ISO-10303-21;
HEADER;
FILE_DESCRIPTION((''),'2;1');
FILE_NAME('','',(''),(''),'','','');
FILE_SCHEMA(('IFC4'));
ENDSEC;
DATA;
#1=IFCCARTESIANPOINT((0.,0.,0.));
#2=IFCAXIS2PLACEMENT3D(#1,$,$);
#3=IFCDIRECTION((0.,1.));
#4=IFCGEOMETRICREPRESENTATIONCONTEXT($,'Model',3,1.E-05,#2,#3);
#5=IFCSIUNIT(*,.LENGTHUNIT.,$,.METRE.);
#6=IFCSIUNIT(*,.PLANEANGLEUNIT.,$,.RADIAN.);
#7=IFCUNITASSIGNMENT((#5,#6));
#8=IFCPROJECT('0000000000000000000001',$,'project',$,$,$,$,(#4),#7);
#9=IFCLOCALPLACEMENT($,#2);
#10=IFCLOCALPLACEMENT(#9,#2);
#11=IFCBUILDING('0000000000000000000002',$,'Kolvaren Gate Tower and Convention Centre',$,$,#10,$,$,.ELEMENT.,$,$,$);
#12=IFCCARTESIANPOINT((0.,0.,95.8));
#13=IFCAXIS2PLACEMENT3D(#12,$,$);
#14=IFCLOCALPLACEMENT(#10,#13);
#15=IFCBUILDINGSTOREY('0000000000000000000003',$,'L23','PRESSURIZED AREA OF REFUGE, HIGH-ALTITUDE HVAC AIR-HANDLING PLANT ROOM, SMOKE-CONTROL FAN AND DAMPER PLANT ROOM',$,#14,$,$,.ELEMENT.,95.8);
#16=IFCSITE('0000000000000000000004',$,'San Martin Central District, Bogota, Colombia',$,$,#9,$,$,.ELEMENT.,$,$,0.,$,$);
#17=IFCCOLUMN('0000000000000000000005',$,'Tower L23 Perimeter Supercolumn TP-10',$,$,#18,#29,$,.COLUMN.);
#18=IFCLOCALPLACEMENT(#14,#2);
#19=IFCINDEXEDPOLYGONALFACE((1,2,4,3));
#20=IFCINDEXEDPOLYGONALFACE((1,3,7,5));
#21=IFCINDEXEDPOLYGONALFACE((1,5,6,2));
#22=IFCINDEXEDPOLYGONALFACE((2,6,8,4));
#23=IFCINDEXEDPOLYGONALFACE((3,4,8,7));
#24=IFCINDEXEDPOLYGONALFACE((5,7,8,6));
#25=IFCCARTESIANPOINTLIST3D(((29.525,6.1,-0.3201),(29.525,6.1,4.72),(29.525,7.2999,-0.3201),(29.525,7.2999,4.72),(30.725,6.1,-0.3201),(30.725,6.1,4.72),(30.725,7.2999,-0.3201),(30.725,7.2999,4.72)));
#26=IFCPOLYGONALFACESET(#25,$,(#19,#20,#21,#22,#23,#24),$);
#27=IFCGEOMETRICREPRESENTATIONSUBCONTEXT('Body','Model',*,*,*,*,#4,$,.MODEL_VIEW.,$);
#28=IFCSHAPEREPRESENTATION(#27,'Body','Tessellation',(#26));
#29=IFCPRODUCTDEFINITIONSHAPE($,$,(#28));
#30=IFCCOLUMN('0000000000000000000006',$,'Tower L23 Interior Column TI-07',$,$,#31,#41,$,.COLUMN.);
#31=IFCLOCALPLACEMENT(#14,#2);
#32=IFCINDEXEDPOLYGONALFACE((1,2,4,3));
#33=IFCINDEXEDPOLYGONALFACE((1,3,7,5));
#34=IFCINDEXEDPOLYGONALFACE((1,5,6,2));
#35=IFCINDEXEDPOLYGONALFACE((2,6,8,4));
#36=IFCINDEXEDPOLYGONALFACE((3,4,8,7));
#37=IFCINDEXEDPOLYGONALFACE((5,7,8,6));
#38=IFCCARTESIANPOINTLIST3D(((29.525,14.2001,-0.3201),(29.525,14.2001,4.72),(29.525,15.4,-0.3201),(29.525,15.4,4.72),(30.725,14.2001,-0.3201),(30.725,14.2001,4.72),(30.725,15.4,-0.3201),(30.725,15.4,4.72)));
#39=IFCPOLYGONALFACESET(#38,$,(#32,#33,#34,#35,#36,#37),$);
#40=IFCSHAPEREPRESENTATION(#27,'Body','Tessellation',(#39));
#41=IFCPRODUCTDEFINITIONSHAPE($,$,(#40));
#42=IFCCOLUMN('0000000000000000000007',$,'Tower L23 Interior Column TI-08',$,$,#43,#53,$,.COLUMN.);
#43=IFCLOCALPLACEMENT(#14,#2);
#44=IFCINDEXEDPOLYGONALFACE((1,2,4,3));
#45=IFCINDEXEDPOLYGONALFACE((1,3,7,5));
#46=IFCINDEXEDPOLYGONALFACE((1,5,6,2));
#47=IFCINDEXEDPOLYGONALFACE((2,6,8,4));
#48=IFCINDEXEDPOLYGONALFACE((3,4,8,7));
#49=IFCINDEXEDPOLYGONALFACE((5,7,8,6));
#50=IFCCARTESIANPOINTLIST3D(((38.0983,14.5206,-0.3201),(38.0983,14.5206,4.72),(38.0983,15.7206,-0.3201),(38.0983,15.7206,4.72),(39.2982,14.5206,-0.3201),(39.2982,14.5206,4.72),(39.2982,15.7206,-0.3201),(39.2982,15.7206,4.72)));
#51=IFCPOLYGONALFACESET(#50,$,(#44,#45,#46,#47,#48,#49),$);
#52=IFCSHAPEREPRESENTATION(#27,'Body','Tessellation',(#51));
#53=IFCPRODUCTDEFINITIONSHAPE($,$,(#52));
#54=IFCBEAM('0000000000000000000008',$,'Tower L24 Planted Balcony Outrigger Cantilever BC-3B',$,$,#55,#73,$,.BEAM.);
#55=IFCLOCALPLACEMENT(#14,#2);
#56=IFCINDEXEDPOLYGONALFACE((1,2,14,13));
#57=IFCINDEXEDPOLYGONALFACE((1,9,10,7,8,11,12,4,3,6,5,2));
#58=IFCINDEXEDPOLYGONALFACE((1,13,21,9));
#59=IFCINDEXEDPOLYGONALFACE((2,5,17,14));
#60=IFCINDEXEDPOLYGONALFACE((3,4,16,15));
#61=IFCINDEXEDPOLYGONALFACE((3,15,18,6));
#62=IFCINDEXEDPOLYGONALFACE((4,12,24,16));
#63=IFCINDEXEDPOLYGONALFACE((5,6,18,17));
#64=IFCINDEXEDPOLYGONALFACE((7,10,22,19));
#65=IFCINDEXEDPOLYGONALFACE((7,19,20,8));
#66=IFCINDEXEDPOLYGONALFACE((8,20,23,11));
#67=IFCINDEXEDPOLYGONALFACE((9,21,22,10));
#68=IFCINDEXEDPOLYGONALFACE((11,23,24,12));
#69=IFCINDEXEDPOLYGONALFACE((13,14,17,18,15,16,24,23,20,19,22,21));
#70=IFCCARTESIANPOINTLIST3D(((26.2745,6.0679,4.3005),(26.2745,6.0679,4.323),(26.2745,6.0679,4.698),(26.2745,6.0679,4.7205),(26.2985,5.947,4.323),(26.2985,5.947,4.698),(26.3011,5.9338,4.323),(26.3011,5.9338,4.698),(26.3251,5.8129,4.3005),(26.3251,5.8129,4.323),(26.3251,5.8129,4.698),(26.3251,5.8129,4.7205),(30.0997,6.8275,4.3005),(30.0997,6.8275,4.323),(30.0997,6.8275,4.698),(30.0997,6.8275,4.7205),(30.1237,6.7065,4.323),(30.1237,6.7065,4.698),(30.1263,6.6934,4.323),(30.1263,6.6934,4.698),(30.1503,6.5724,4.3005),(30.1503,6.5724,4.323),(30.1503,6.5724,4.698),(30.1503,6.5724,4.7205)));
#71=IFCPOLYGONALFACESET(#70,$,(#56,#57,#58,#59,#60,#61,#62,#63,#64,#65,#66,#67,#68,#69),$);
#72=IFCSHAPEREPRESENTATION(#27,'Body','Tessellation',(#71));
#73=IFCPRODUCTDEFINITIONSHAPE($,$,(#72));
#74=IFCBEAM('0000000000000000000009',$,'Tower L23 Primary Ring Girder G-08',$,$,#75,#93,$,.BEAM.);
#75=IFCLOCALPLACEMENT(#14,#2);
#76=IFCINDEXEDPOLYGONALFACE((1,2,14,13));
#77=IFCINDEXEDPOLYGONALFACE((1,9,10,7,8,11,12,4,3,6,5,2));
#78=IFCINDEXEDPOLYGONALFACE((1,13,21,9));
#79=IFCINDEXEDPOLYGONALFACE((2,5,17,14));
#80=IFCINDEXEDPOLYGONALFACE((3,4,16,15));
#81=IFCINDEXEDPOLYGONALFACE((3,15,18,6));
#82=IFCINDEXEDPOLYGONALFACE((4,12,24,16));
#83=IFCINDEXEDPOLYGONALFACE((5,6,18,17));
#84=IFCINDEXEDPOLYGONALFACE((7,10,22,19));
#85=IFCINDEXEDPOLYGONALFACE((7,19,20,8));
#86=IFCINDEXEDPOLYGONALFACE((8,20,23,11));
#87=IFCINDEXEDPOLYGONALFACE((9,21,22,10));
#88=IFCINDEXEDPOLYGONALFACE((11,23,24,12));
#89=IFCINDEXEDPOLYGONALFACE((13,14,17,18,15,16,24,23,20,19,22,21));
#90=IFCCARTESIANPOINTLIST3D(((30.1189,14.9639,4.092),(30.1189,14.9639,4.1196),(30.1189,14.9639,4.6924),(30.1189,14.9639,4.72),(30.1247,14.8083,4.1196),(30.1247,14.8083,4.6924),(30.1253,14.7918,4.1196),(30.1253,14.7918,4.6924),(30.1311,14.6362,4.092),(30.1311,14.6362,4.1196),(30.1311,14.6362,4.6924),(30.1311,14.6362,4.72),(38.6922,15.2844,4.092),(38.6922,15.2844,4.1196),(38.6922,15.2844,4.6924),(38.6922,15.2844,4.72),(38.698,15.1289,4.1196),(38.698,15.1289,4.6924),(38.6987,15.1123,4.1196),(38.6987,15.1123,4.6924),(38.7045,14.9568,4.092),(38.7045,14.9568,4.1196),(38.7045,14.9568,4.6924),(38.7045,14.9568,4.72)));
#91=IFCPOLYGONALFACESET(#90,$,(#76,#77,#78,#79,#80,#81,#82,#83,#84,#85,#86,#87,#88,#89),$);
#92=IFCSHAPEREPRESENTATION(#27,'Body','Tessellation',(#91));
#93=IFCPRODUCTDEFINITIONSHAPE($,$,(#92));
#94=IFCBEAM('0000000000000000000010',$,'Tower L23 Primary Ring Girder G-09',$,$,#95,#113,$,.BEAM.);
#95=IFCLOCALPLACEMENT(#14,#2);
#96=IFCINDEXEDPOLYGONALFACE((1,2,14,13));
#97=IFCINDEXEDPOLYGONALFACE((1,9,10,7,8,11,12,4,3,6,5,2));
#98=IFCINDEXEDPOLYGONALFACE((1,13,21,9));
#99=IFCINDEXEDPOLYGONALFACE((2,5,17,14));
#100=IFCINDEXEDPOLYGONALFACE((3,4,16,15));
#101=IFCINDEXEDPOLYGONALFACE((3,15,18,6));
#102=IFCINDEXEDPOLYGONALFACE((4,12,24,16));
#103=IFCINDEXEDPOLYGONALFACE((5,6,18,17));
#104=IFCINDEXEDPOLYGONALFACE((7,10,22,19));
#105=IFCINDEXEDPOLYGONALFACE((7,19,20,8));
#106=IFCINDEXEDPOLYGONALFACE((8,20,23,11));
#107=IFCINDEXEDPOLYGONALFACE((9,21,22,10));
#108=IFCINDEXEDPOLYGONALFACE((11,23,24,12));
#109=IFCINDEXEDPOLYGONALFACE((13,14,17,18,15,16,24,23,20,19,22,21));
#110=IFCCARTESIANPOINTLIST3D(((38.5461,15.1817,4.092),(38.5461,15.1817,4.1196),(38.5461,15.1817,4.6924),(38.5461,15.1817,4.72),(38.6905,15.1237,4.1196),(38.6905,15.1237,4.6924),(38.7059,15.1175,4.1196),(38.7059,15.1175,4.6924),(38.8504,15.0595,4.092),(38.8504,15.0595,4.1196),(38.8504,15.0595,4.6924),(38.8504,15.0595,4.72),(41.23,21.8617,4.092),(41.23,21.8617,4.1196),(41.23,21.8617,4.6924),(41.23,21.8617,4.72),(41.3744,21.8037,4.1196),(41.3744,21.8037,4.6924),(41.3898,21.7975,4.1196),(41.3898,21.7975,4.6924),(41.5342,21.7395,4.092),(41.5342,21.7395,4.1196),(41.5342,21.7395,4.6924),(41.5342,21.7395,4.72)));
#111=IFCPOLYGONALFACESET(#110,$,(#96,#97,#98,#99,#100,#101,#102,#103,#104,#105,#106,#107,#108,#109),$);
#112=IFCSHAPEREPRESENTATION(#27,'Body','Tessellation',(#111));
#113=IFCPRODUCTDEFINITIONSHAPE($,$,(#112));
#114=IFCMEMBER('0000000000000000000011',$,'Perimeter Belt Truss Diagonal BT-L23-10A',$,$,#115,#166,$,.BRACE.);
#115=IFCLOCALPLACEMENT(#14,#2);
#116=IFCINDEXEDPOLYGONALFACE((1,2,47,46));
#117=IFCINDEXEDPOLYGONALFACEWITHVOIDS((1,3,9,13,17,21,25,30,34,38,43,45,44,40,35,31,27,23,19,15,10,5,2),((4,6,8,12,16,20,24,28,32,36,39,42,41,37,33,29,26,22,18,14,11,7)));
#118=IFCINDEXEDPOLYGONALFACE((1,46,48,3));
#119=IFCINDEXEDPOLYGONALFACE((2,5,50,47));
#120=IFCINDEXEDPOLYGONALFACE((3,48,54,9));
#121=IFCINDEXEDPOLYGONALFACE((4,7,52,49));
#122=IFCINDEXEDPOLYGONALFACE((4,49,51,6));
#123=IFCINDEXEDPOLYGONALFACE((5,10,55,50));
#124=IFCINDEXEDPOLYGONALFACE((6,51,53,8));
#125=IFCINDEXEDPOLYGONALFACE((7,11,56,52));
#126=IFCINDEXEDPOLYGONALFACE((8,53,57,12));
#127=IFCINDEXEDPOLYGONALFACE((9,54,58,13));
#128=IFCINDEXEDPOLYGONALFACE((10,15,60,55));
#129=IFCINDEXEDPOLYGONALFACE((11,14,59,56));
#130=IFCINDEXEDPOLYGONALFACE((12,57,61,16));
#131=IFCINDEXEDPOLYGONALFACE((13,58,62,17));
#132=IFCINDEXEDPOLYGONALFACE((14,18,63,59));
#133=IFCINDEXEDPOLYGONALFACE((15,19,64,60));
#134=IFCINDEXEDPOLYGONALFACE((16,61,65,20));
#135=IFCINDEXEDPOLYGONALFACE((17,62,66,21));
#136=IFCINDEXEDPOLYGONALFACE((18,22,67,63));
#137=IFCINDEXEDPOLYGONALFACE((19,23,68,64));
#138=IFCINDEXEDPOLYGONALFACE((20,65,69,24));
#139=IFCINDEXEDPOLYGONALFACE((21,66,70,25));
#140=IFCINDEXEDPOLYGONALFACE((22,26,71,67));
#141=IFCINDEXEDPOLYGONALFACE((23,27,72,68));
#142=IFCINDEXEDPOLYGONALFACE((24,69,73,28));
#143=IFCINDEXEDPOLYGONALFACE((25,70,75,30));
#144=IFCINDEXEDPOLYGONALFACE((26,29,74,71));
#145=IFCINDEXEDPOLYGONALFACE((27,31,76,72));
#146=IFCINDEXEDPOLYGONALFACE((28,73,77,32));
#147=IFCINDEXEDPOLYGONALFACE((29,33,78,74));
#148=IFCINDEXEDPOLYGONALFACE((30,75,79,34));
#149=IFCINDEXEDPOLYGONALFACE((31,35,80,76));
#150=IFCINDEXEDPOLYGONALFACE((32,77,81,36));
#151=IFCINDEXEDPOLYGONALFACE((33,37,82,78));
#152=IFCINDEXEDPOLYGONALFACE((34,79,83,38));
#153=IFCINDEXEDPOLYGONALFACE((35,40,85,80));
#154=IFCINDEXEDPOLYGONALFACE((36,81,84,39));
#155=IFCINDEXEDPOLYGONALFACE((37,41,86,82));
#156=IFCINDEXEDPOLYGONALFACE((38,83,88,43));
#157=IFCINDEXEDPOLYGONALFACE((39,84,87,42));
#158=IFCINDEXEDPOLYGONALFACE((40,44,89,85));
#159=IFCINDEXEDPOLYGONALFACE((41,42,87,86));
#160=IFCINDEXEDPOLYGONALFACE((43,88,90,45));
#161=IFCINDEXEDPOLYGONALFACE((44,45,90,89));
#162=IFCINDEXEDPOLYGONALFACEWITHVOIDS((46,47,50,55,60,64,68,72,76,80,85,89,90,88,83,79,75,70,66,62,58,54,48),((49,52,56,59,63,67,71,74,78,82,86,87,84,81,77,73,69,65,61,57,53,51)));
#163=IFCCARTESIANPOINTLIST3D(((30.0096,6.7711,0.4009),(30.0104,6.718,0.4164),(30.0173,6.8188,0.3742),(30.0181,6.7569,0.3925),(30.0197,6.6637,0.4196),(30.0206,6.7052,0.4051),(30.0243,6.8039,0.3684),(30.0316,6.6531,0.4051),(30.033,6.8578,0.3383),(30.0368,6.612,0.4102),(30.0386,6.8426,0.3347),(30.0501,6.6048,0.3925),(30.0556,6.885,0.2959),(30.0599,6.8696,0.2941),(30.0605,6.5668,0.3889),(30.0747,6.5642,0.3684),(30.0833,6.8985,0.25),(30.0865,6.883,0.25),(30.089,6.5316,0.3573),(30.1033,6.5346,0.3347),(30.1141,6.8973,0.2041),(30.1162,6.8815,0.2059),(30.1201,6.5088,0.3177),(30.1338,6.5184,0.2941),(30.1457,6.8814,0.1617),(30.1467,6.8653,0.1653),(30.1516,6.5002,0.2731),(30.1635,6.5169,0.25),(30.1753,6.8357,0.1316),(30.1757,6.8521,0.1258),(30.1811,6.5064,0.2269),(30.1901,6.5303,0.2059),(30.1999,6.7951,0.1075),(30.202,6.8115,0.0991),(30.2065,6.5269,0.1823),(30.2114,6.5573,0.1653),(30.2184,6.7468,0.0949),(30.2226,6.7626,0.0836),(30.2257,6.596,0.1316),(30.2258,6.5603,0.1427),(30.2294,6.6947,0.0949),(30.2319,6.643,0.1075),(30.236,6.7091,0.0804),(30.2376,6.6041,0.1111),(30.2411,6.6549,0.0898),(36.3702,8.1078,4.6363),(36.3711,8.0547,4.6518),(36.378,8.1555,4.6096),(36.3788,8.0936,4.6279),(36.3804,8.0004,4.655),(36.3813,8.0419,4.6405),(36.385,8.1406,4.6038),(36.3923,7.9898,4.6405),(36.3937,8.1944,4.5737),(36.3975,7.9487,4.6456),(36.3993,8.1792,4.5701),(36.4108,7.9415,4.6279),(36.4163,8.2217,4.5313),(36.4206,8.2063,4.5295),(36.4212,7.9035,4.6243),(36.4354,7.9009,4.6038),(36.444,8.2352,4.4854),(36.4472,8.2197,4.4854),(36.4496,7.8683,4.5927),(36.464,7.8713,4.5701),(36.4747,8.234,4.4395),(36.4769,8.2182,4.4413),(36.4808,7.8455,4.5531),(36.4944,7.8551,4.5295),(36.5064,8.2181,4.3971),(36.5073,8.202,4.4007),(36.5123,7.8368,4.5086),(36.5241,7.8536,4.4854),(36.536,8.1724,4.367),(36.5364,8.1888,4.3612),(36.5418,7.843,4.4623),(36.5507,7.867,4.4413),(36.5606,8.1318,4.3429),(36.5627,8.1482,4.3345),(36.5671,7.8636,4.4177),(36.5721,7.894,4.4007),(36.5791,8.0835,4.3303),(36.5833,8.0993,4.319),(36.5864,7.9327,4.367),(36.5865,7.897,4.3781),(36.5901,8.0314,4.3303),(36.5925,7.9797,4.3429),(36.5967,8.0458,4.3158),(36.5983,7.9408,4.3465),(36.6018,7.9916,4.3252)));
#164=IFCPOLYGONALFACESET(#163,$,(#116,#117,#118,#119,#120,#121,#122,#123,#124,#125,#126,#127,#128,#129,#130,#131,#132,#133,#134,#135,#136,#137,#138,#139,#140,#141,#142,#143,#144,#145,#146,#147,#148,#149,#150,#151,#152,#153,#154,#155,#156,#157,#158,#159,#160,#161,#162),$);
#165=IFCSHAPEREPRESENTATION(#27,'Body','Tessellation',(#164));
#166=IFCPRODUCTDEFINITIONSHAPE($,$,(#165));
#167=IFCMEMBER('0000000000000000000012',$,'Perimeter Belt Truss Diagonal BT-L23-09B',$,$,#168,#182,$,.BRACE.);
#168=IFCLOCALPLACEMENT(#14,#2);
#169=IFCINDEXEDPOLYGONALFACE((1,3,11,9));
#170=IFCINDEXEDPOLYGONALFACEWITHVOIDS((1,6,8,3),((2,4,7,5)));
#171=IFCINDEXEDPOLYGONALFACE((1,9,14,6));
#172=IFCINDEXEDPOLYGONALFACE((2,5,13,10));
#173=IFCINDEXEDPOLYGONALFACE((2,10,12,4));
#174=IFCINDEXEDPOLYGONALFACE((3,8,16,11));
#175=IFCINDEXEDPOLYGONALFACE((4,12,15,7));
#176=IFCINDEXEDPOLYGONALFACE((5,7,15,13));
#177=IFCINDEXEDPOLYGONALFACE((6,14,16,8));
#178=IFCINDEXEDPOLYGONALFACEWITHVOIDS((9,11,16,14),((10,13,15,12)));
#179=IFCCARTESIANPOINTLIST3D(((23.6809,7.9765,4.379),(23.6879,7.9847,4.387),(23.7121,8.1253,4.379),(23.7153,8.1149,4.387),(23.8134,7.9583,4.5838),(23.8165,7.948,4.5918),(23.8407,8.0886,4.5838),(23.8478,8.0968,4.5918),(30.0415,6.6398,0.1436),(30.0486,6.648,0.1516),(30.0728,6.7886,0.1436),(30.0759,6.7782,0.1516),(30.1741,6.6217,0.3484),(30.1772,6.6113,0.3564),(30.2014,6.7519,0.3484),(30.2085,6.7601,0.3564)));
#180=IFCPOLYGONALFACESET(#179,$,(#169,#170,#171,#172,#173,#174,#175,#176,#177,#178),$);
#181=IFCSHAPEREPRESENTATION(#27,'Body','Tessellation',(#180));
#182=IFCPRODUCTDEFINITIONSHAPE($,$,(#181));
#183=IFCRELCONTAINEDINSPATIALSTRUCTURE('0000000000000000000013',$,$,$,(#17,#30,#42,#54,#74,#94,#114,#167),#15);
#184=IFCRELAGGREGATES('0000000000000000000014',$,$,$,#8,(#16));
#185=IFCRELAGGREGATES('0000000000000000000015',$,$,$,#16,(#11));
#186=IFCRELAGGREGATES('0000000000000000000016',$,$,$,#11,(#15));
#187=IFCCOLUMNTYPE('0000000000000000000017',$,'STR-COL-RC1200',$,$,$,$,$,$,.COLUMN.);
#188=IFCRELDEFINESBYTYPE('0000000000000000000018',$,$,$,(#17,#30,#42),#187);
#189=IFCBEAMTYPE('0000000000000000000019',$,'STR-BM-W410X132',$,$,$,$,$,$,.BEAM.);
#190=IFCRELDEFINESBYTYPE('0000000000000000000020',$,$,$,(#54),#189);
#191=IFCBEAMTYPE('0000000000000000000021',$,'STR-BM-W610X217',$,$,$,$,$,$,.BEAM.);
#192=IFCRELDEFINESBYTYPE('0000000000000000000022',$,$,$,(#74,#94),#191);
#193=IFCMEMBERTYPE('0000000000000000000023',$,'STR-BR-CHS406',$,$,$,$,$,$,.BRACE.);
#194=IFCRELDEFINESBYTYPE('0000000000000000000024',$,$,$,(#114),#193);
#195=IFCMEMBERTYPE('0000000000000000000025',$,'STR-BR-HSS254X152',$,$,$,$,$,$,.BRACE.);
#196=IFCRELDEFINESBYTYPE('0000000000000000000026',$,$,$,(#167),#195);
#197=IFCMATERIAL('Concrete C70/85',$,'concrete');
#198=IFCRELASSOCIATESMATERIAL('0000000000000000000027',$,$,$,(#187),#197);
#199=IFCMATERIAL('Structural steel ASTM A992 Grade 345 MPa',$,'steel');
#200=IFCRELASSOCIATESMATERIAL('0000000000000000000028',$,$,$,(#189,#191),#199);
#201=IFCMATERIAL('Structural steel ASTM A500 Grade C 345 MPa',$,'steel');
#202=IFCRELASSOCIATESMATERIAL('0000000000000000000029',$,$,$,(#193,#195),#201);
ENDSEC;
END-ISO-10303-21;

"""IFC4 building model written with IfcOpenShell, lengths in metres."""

from ifc_helpers import new_model, si_unit, direction, frame, origin, origin_2d, place, context, subcontext, project, spatial, rectangle, hollow_rectangle, hollow_circle, i_section, extrude, material, material_profile, profile_set, type_object, element, save


model = new_model("IFC4")

# Units and contexts
model_context = context("Model", 3, precision=1e-05, world=origin(), true_north=direction((0.0, 1.0)))
body_context = subcontext(model_context, "Body", "Model", "MODEL_VIEW")
ifc_project = project(units=[si_unit("LENGTHUNIT", "METRE"), si_unit("PLANEANGLEUNIT", "RADIAN")], contexts=[model_context])

# Site, building, storey
site_placement = place(None, origin())
site = spatial("IfcSite", under=ifc_project, at=site_placement, Name="San Martin Central District, Bogota, Colombia", CompositionType="ELEMENT", RefElevation=0.0)
building_placement = place(site_placement, origin())
building = spatial("IfcBuilding", under=site, at=building_placement, Name="Kolvaren Gate Tower and Convention Centre", CompositionType="ELEMENT")
storey_placement = place(building_placement, frame((0.0, 0.0, 95.8)))
storey = spatial("IfcBuildingStorey", under=building, at=storey_placement, Name="L23", Description="PRESSURIZED AREA OF REFUGE, HIGH-ALTITUDE HVAC AIR-HANDLING PLANT ROOM, SMOKE-CONTROL FAN AND DAMPER PLANT ROOM", CompositionType="ELEMENT", Elevation=95.8)

# Columns
ifc_material_1 = material(Name="Concrete C70/85", Category="concrete")
ifc_material_profile_1 = material_profile(ifc_material_1, rectangle(XDim=1.2, YDim=1.2, at=origin_2d()), Name="RC-COL-1200X1200")
ifc_profile_set_1 = profile_set([ifc_material_profile_1], Name="Concrete C70/85")
column_type = type_object("IfcColumnType", Name="STR-COL-RC1200", PredefinedType="COLUMN", material=ifc_profile_set_1)
for number, where, z_axis, x_axis, name in (
    (1, (30.125, 6.7, -0.3201), (0.0, 0.0, 1.0), (1.0, 0.0, 0.0), "Tower L23 Perimeter Supercolumn TP-10"),
    (2, (30.125, 14.8, -0.3201), (0.0, 0.0, 1.0), (1.0, 0.0, 0.0), "Tower L23 Interior Column TI-07"),
    (3, (38.6982, 15.1206, -0.3201), (0.0, 0.0, 1.0), (1.0, 0.0, 0.0), "Tower L23 Interior Column TI-08"),
):
    element("IfcColumn", number, at=place(storey_placement, frame(where, z_axis=z_axis, x_axis=x_axis)), inside=storey, type_object=column_type, Name=name, PredefinedType="COLUMN", context=body_context, shape_type="SweptSolid", body=[
        extrude(rectangle(XDim=1.2, YDim=1.2, at=origin_2d()), origin(), (0.0, 0.0, 1.0), 5.04),
    ])

# Beams
ifc_material_2 = material(Name="Structural steel ASTM A992 Grade 345 MPa", Category="steel")
ifc_material_profile_2 = material_profile(ifc_material_2, i_section(OverallWidth=0.26, OverallDepth=0.4199, WebThickness=0.0134, FlangeThickness=0.0225, at=origin_2d()), Name="W410X132")
ifc_profile_set_2 = profile_set([ifc_material_profile_2], Name="Structural steel ASTM A992 Grade 345 MPa")
beam_type_1 = type_object("IfcBeamType", Name="STR-BM-W410X132", PredefinedType="BEAM", material=ifc_profile_set_2)
beam_1_placement = place(storey_placement, frame((30.125, 6.7, 4.5105), z_axis=(-0.980852, -0.194756, 0.0), x_axis=(0.194756, -0.980852, 0.0)))
element("IfcBeam", 4, at=beam_1_placement, inside=storey, type_object=beam_type_1, Name="Tower L24 Planted Balcony Outrigger Cantilever BC-3B", PredefinedType="BEAM", context=body_context, shape_type="SweptSolid", body=[
    extrude(i_section(OverallWidth=0.26, OverallDepth=0.4199, WebThickness=0.0134, FlangeThickness=0.0225, at=origin_2d()), origin(), (0.0, 0.0, 1.0), 3.8999),
])
ifc_material_profile_3 = material_profile(ifc_material_2, i_section(OverallWidth=0.3279, OverallDepth=0.6279, WebThickness=0.0166, FlangeThickness=0.0276, at=origin_2d()), Name="W610X217")
ifc_profile_set_3 = profile_set([ifc_material_profile_3], Name="Structural steel ASTM A992 Grade 345 MPa")
beam_type_2 = type_object("IfcBeamType", Name="STR-BM-W610X217", PredefinedType="BEAM", material=ifc_profile_set_3)
beam_2_placement = place(storey_placement, frame((30.125, 14.8, 4.406), z_axis=(0.999302, 0.037364, 0.0), x_axis=(-0.037364, 0.999302, 0.0)))
element("IfcBeam", 5, at=beam_2_placement, inside=storey, type_object=beam_type_2, Name="Tower L23 Primary Ring Girder G-08", PredefinedType="BEAM", context=body_context, shape_type="SweptSolid", body=[
    extrude(i_section(OverallWidth=0.3279, OverallDepth=0.6279, WebThickness=0.0166, FlangeThickness=0.0276, at=origin_2d()), origin(), (0.0, 0.0, 1.0), 8.5793),
])
beam_3_placement = place(storey_placement, frame((38.6982, 15.1206, 4.406), z_axis=(0.372811, 0.927907, 0.0), x_axis=(-0.927907, 0.372811, 0.0)))
element("IfcBeam", 6, at=beam_3_placement, inside=storey, type_object=beam_type_2, Name="Tower L23 Primary Ring Girder G-09", PredefinedType="BEAM", context=body_context, shape_type="SweptSolid", body=[
    extrude(i_section(OverallWidth=0.3279, OverallDepth=0.6279, WebThickness=0.0166, FlangeThickness=0.0276, at=origin_2d()), origin(), (0.0, 0.0, 1.0), 7.199),
])

# Members
ifc_material_3 = material(Name="Structural steel ASTM A500 Grade C 345 MPa", Category="steel")
ifc_material_profile_4 = material_profile(ifc_material_3, hollow_circle(Radius=0.2029, WallThickness=0.0159, at=origin_2d()), Name="CHS406X15.9")
ifc_profile_set_4 = profile_set([ifc_material_profile_4], Name="Structural steel ASTM A500 Grade C 345 MPa")
member_type_1 = type_object("IfcMemberType", Name="STR-BR-CHS406", PredefinedType="BRACE", material=ifc_profile_set_4)
member_1_placement = place(storey_placement, frame((30.125, 6.7, 0.25), z_axis=(0.819906, 0.172302, 0.545954), x_axis=(-0.205656, 0.978624, 0.0)))
element("IfcMember", 7, at=member_1_placement, inside=storey, type_object=member_type_1, Name="Perimeter Belt Truss Diagonal BT-L23-10A", PredefinedType="BRACE", context=body_context, shape_type="SweptSolid", body=[
    extrude(hollow_circle(Radius=0.2029, WallThickness=0.0159, at=origin_2d()), origin(), (0.0, 0.0, 1.0), 7.7578),
])
ifc_material_profile_5 = material_profile(ifc_material_3, hollow_rectangle(XDim=0.1521, YDim=0.2539, WallThickness=0.0095, at=origin_2d()), Name="HSS254X152X9.5")
ifc_profile_set_5 = profile_set([ifc_material_profile_5], Name="Structural steel ASTM A500 Grade C 345 MPa")
member_type_2 = type_object("IfcMemberType", Name="STR-BR-HSS254X152", PredefinedType="BRACE", material=ifc_profile_set_5)
member_2_placement = place(storey_placement, frame((30.125, 6.7, 0.25), z_axis=(-0.819906, 0.172302, 0.545954), x_axis=(-0.205656, -0.978624, 0.0)))
element("IfcMember", 8, at=member_2_placement, inside=storey, type_object=member_type_2, Name="Perimeter Belt Truss Diagonal BT-L23-09B", PredefinedType="BRACE", context=body_context, shape_type="SweptSolid", body=[
    extrude(hollow_rectangle(XDim=0.1521, YDim=0.2539, WallThickness=0.0095, at=origin_2d()), origin(), (0.0, 0.0, 1.0), 7.7578),
])

save(model, "model.ifc")
